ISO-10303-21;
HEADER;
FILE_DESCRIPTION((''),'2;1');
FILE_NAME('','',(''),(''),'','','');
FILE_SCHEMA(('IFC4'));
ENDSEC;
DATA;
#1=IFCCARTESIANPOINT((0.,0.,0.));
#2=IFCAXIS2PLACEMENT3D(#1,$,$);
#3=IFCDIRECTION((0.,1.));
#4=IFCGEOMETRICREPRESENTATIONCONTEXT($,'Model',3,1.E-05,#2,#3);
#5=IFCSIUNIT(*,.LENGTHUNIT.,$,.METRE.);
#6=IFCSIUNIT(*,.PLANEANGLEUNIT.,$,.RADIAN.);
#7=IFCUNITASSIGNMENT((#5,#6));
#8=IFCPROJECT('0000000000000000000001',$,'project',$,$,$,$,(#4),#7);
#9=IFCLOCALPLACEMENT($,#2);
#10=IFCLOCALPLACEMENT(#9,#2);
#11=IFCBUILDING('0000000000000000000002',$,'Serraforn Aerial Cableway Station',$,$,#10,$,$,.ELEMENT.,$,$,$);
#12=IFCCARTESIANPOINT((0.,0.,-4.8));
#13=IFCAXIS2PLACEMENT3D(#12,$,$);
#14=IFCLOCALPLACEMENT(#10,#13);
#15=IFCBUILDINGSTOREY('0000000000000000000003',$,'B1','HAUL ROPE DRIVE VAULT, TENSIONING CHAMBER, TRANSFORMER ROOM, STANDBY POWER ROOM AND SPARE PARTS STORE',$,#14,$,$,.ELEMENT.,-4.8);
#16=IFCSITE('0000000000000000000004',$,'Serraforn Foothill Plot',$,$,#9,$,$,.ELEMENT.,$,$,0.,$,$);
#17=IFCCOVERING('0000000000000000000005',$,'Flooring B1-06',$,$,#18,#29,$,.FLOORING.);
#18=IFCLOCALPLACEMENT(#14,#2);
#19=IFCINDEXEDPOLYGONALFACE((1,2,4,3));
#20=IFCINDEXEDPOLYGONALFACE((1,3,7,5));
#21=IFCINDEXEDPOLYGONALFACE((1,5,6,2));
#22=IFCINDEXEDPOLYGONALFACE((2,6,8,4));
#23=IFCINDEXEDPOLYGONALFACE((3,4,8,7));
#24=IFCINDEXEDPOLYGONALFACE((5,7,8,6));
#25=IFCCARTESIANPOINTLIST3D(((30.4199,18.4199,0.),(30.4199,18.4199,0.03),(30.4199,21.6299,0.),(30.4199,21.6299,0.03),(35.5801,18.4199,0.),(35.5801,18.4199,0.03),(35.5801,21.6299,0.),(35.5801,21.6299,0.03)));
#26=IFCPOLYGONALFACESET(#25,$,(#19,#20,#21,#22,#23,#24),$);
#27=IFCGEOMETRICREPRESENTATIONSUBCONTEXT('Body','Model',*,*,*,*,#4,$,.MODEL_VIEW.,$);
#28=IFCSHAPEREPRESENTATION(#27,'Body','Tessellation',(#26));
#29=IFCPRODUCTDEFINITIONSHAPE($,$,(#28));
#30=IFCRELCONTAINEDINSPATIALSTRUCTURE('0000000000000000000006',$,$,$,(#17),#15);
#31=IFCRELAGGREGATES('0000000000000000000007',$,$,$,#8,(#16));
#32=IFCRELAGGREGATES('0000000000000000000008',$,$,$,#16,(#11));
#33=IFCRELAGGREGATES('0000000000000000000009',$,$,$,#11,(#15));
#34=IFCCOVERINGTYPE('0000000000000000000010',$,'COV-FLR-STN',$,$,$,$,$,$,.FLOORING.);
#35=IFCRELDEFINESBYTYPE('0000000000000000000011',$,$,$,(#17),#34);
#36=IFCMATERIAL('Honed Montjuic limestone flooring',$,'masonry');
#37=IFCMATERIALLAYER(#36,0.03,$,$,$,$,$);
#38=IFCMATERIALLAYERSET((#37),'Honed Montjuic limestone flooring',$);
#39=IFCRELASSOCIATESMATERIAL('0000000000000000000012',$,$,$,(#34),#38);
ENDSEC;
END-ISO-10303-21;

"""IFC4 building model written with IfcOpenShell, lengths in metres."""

from ifc_helpers import new_model, si_unit, direction, frame, origin, place, context, subcontext, project, spatial, polyline, outline, extrude, material, layer, layer_set, type_object, element, save


model = new_model("IFC4")

# Units and contexts
model_context = context("Model", 3, precision=1e-05, world=origin(), true_north=direction((0.0, 1.0)))
body_context = subcontext(model_context, "Body", "Model", "MODEL_VIEW")
ifc_project = project(units=[si_unit("LENGTHUNIT", "METRE"), si_unit("PLANEANGLEUNIT", "RADIAN")], contexts=[model_context])

# Site, building, storey
site_placement = place(None, origin())
site = spatial("IfcSite", under=ifc_project, at=site_placement, Name="Serraforn Foothill Plot", CompositionType="ELEMENT", RefElevation=0.0)
building_placement = place(site_placement, origin())
building = spatial("IfcBuilding", under=site, at=building_placement, Name="Serraforn Aerial Cableway Station", CompositionType="ELEMENT")
storey_placement = place(building_placement, frame((0.0, 0.0, -4.8)))
storey = spatial("IfcBuildingStorey", under=building, at=storey_placement, Name="B1", Description="HAUL ROPE DRIVE VAULT, TENSIONING CHAMBER, TRANSFORMER ROOM, STANDBY POWER ROOM AND SPARE PARTS STORE", CompositionType="ELEMENT", Elevation=-4.8)

# Covering
ifc_material_1 = material(Name="Honed Montjuic limestone flooring", Category="masonry")
ifc_layer_1 = layer(ifc_material_1, 0.03)
ifc_layer_set_1 = layer_set([ifc_layer_1], Name="Honed Montjuic limestone flooring")
covering_type_1 = type_object("IfcCoveringType", Name="COV-FLR-STN", PredefinedType="FLOORING", material=ifc_layer_set_1)
covering_1_placement = place(storey_placement, origin())
element("IfcCovering", 1, at=covering_1_placement, inside=storey, type_object=covering_type_1, Name="Flooring B1-06", PredefinedType="FLOORING", context=body_context, shape_type="SweptSolid", body=[
    extrude(outline(polyline([(30.4199, 18.4199), (30.4199, 21.6299), (35.5801, 21.6299), (35.5801, 18.4199), (30.4199, 18.4199)])), origin(), (0.0, 0.0, 1.0), 0.03),
])

save(model, "model.ifc")
